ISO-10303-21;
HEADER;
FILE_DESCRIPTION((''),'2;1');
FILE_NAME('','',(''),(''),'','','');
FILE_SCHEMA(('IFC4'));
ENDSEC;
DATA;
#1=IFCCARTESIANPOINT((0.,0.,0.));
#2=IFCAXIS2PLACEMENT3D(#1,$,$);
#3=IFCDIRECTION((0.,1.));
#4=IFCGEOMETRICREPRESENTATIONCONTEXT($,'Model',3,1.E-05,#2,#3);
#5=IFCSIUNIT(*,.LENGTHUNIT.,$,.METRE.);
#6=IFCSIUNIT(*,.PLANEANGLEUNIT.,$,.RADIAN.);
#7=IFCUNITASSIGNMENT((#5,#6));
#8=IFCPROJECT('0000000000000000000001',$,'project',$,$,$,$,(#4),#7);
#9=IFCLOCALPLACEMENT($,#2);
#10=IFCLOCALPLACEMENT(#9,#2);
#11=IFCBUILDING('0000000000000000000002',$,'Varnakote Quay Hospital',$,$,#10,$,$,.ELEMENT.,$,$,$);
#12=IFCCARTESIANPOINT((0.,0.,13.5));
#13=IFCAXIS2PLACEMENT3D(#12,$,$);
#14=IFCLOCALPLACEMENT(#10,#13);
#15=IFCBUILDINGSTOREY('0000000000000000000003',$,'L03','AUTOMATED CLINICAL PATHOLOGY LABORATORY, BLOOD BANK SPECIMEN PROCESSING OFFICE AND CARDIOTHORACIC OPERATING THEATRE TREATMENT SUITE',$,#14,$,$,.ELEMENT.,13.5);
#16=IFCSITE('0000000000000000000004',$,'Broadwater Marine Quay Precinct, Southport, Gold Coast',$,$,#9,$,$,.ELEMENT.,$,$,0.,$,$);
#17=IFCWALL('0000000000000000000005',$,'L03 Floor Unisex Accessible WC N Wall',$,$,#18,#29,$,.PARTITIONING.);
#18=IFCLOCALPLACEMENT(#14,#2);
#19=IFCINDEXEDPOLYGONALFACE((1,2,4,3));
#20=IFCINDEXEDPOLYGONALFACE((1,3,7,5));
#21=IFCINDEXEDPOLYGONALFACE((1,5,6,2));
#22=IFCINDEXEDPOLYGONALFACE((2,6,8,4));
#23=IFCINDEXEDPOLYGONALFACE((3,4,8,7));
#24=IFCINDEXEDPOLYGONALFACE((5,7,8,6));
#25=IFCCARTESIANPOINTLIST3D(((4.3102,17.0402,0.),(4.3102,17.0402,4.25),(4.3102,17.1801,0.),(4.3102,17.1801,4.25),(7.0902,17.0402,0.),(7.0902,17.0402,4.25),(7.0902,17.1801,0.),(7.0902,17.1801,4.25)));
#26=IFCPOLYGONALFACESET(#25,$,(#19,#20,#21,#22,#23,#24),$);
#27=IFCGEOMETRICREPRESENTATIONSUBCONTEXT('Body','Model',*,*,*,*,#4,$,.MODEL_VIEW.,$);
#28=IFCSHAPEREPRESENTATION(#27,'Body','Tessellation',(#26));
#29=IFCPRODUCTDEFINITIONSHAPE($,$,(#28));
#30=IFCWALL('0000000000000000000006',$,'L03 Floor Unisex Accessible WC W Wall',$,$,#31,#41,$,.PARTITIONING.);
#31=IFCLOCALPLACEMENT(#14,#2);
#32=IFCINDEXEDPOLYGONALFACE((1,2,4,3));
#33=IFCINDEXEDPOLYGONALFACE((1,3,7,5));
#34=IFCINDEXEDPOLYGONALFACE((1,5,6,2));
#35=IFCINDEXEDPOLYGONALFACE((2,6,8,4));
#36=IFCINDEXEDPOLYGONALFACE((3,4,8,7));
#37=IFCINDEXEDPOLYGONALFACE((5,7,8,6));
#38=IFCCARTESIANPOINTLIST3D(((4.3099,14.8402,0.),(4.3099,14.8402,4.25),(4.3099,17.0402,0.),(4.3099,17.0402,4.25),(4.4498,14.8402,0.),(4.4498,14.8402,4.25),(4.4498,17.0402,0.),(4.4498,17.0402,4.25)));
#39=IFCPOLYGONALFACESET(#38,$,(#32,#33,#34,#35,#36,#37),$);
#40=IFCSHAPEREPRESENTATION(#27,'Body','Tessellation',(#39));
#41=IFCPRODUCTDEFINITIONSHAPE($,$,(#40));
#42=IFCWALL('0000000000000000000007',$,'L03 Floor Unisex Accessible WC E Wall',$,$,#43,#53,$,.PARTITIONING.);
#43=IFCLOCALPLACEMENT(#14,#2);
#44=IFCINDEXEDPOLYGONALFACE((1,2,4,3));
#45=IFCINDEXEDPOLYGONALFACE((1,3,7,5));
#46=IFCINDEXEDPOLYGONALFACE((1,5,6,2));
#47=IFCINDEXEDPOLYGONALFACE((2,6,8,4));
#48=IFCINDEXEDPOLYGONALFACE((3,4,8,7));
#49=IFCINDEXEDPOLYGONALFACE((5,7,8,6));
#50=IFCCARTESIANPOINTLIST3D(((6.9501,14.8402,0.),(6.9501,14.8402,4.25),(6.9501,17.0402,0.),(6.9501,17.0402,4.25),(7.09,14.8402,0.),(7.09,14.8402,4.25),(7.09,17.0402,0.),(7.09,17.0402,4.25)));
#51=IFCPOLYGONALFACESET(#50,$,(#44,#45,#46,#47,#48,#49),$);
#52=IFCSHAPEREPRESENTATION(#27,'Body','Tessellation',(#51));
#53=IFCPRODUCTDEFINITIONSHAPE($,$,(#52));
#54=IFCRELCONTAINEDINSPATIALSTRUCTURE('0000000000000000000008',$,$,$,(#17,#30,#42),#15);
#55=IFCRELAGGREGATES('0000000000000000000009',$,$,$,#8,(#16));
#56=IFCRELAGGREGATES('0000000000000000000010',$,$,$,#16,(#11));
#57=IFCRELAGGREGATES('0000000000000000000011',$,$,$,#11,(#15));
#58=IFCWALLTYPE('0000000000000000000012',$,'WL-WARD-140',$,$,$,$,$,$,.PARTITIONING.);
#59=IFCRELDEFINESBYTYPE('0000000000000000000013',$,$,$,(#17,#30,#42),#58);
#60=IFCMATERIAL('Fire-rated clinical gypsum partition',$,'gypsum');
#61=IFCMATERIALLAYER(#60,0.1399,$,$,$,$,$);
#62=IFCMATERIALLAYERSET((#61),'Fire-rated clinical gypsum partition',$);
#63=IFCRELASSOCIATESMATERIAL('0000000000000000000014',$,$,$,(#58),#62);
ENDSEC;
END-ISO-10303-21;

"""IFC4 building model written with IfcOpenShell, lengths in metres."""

from ifc_helpers import new_model, si_unit, direction, frame, frame_2d, origin, place, context, subcontext, project, spatial, rectangle, extrude, material, layer, layer_set, type_object, element, save


model = new_model("IFC4")

# Units and contexts
model_context = context("Model", 3, precision=1e-05, world=origin(), true_north=direction((0.0, 1.0)))
body_context = subcontext(model_context, "Body", "Model", "MODEL_VIEW")
ifc_project = project(units=[si_unit("LENGTHUNIT", "METRE"), si_unit("PLANEANGLEUNIT", "RADIAN")], contexts=[model_context])

# Site, building, storey
site_placement = place(None, origin())
site = spatial("IfcSite", under=ifc_project, at=site_placement, Name="Broadwater Marine Quay Precinct, Southport, Gold Coast", CompositionType="ELEMENT", RefElevation=0.0)
building_placement = place(site_placement, origin())
building = spatial("IfcBuilding", under=site, at=building_placement, Name="Varnakote Quay Hospital", CompositionType="ELEMENT")
storey_placement = place(building_placement, frame((0.0, 0.0, 13.5)))
storey = spatial("IfcBuildingStorey", under=building, at=storey_placement, Name="L03", Description="AUTOMATED CLINICAL PATHOLOGY LABORATORY, BLOOD BANK SPECIMEN PROCESSING OFFICE AND CARDIOTHORACIC OPERATING THEATRE TREATMENT SUITE", CompositionType="ELEMENT", Elevation=13.5)

# Shared definitions
ifc_material_1 = material(Name="Fire-rated clinical gypsum partition", Category="gypsum")
ifc_layer_1 = layer(ifc_material_1, 0.1399)
ifc_layer_set_1 = layer_set([ifc_layer_1], Name="Fire-rated clinical gypsum partition")
wall_type_1 = type_object("IfcWallType", Name="WL-WARD-140", PredefinedType="PARTITIONING", material=ifc_layer_set_1)

# Walls
wall_1_placement = place(storey_placement, frame((4.3101, 17.1101, 0.0), z_axis=(0.0, 0.0, 1.0), x_axis=(1.0, 0.0, 0.0)))
element("IfcWall", 1, at=wall_1_placement, inside=storey, type_object=wall_type_1, Name="L03 Floor Unisex Accessible WC N Wall", PredefinedType="PARTITIONING", context=body_context, shape_type="SweptSolid", body=[
    extrude(rectangle(XDim=2.78, YDim=0.1399, at=frame_2d((1.3901, 0.0))), origin(), (0.0, 0.0, 1.0), 4.25),
])
for number, where, z_axis, x_axis, name in (
    (2, (4.3799, 14.8401, 0.0), (0.0, 0.0, 1.0), (0.0, 1.0, 0.0), "L03 Floor Unisex Accessible WC W Wall"),
    (3, (7.02, 14.8401, 0.0), (0.0, 0.0, 1.0), (0.0, 1.0, 0.0), "L03 Floor Unisex Accessible WC E Wall"),
):
    element("IfcWall", number, at=place(storey_placement, frame(where, z_axis=z_axis, x_axis=x_axis)), inside=storey, type_object=wall_type_1, Name=name, PredefinedType="PARTITIONING", context=body_context, shape_type="SweptSolid", body=[
        extrude(rectangle(XDim=2.2, YDim=0.1399, at=frame_2d((1.1001, 0.0))), origin(), (0.0, 0.0, 1.0), 4.25),
    ])

save(model, "model.ifc")
